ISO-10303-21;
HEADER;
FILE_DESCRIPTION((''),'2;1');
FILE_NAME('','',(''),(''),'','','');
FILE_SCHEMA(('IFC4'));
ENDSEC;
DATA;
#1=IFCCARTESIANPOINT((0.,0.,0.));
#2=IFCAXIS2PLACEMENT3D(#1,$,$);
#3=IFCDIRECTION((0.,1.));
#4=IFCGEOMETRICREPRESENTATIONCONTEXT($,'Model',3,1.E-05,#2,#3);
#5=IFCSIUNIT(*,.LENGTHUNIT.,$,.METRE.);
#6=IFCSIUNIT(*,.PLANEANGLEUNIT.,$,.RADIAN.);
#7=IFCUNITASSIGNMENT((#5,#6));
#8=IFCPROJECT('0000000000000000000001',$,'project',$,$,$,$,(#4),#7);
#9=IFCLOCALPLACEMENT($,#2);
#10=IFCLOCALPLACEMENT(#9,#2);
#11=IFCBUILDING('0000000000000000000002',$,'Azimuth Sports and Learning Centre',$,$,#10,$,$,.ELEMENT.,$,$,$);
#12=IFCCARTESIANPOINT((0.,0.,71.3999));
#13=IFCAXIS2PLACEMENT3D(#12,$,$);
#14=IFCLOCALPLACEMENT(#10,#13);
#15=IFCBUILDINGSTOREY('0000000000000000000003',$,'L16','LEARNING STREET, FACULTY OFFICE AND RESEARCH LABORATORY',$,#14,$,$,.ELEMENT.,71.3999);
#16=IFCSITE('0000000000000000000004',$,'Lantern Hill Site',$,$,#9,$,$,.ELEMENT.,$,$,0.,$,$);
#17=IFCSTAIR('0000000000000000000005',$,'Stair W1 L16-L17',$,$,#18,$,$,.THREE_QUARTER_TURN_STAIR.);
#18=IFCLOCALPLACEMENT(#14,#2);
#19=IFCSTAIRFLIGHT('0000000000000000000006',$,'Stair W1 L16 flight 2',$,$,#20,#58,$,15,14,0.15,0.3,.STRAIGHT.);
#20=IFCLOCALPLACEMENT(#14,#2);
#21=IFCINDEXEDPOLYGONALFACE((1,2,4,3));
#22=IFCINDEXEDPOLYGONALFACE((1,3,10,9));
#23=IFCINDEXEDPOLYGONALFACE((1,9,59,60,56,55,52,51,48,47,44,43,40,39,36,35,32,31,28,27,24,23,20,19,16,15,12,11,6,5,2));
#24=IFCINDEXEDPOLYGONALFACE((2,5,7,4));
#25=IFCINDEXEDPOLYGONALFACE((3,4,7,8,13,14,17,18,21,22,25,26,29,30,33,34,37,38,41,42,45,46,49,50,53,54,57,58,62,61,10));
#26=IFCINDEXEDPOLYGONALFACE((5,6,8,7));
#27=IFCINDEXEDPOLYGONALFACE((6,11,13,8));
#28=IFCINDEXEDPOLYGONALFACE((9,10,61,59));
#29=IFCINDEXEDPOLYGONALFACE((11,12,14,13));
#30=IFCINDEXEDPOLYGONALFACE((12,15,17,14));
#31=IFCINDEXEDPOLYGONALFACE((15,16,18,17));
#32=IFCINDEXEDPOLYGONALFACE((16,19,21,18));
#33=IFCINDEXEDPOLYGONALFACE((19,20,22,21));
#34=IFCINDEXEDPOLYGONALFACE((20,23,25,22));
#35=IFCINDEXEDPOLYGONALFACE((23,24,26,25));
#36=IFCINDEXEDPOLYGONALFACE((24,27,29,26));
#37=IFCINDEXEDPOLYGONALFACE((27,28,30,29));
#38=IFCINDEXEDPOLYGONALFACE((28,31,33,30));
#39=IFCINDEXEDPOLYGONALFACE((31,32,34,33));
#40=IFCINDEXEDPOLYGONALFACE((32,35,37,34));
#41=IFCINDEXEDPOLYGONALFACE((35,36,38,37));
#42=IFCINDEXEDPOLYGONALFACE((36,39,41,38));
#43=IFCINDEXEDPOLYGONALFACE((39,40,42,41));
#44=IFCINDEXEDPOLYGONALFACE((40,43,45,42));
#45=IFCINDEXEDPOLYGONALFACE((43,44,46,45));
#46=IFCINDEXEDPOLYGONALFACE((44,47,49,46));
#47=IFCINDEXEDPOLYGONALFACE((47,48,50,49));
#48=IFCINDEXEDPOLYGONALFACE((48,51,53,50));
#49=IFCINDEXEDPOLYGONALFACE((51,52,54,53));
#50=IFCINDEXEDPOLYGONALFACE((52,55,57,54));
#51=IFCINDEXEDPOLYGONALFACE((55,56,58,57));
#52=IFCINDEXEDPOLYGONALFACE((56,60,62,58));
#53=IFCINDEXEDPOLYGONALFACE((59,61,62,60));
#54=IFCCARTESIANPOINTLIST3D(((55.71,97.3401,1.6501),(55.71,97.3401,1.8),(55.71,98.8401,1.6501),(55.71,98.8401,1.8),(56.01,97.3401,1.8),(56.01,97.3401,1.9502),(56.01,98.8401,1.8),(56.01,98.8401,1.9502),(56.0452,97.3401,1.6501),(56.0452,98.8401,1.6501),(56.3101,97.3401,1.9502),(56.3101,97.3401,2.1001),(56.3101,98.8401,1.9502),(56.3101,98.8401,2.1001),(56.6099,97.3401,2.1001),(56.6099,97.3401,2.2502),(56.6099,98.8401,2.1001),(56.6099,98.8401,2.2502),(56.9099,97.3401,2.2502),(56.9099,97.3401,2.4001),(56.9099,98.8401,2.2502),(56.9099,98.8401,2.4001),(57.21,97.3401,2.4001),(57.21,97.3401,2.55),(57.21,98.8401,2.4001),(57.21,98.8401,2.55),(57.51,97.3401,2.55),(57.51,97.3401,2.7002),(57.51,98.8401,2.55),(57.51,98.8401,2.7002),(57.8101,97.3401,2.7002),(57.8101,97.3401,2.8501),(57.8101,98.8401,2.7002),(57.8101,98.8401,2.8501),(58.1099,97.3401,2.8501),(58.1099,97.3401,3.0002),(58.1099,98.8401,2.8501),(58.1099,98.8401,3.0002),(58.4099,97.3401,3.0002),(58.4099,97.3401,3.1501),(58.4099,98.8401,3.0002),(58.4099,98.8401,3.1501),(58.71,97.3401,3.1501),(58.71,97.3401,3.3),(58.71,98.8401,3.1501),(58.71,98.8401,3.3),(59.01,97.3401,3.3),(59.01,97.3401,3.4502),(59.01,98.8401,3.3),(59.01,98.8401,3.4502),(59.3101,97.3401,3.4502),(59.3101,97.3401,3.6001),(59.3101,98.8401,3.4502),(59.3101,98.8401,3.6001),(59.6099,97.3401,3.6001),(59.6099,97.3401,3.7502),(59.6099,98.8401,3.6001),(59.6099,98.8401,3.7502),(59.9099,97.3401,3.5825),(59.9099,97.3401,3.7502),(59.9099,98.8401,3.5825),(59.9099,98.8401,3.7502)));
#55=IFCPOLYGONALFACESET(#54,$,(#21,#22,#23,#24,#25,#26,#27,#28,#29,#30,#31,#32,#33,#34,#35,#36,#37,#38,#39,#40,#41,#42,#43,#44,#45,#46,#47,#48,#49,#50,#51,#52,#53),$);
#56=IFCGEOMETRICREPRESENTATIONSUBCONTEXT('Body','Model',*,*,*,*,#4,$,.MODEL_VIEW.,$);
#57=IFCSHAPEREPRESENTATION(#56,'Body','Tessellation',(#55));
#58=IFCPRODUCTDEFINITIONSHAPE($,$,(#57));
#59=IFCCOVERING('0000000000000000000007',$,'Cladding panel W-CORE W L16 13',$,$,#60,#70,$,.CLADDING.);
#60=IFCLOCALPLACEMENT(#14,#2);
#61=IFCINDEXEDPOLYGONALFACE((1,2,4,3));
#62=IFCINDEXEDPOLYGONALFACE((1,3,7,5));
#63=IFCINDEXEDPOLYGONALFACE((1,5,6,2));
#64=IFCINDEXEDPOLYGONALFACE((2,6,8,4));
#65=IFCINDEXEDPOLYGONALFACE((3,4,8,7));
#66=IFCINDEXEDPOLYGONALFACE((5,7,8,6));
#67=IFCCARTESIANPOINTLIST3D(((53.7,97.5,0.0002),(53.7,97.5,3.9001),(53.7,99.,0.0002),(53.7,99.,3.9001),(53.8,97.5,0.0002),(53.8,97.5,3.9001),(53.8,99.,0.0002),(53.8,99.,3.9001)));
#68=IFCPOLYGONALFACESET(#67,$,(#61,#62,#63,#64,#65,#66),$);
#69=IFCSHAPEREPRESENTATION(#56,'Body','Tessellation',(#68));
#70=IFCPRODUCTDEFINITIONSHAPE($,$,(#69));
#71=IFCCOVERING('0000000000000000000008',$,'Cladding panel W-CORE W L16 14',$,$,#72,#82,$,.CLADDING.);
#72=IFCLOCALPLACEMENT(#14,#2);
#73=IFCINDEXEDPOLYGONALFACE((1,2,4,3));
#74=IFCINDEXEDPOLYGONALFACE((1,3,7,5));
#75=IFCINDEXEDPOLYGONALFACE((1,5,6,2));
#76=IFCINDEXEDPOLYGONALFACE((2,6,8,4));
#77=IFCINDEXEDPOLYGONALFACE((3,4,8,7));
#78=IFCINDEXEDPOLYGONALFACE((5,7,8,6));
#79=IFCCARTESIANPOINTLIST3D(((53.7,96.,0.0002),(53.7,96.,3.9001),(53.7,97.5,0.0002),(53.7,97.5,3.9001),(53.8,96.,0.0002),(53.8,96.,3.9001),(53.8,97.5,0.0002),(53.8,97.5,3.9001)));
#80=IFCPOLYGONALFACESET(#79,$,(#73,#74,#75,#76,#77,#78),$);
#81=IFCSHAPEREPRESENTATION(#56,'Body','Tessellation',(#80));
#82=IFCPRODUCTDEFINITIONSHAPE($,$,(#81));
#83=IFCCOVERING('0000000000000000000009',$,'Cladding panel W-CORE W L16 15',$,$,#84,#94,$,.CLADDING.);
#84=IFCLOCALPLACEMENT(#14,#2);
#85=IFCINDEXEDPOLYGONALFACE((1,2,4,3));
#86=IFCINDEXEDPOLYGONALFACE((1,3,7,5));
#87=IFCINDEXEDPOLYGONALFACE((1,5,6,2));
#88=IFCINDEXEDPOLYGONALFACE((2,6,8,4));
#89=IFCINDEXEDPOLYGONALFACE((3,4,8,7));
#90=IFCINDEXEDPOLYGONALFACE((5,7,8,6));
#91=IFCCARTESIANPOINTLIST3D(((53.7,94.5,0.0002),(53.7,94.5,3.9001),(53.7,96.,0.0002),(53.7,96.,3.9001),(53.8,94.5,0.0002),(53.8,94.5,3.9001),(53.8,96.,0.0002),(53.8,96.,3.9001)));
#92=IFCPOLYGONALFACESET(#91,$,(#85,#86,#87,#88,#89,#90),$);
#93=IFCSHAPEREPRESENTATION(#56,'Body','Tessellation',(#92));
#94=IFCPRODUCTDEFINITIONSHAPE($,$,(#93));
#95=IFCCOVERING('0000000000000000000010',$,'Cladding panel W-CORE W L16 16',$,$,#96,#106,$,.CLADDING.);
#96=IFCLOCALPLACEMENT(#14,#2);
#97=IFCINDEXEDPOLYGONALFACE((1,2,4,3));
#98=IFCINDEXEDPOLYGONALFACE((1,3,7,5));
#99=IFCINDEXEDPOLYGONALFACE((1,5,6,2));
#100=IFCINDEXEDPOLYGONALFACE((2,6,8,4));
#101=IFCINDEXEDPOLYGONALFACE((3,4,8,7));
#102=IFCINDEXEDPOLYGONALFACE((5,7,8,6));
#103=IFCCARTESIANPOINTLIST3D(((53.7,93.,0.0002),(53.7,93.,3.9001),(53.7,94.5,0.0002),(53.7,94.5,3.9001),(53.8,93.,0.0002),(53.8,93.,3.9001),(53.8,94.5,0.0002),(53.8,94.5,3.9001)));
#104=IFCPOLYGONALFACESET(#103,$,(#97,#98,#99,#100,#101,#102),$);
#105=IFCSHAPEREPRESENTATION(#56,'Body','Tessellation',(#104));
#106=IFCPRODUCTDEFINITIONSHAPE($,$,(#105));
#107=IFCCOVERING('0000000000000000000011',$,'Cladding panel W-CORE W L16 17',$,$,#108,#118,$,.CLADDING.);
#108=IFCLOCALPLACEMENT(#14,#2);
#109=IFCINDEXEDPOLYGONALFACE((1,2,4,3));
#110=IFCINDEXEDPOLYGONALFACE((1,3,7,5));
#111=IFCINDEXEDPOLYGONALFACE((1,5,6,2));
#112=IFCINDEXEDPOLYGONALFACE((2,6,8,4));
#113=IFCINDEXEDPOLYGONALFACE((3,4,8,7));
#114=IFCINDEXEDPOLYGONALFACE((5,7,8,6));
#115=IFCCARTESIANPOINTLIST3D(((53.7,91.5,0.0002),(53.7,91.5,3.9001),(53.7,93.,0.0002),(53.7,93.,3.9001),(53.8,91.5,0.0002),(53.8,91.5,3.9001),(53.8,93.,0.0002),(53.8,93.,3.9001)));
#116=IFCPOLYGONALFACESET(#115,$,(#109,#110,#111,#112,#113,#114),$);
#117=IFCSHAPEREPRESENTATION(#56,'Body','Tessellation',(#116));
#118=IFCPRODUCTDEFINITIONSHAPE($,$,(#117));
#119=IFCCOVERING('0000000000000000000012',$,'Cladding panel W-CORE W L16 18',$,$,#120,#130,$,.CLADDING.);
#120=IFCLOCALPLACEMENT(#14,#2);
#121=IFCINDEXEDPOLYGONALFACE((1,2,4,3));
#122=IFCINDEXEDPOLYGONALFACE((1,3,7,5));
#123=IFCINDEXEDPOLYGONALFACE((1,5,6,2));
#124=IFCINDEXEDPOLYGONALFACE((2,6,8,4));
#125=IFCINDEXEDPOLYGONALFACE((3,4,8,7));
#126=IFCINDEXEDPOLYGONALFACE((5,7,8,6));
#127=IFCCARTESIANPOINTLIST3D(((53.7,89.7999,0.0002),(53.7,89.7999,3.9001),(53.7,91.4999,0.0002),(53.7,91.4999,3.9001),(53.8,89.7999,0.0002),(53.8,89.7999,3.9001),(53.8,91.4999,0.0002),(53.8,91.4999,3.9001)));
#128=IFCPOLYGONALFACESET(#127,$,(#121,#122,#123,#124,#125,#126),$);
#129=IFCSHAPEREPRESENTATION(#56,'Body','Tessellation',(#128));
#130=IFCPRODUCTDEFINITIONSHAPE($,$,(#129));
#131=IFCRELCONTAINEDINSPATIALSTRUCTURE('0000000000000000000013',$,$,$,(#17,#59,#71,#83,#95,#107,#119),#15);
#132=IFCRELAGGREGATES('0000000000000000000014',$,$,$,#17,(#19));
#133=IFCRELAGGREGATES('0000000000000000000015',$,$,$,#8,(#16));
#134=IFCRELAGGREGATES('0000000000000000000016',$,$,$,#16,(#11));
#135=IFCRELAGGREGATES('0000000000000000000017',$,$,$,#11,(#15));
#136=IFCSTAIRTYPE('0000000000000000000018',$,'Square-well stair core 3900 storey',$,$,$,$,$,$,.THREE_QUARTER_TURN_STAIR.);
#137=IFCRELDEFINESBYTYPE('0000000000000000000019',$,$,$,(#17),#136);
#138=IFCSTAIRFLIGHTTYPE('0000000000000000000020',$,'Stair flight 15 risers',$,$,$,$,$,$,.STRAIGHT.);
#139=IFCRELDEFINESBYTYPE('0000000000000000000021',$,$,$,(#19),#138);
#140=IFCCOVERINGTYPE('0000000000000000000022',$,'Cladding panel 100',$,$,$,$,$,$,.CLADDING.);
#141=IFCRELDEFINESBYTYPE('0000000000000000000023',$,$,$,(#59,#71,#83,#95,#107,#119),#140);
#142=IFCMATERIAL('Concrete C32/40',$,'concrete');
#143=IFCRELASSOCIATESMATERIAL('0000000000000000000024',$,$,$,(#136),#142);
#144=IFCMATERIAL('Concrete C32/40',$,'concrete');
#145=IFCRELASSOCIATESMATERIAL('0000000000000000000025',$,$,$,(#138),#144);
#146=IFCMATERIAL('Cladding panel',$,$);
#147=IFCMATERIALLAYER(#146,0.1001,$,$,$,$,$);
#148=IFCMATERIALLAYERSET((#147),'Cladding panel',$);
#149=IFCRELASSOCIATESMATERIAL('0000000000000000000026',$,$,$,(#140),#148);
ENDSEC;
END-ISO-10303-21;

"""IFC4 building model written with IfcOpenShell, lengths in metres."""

from ifc_helpers import new_model, si_unit, direction, frame, origin, origin_2d, place, context, subcontext, project, spatial, polyline, rectangle, outline, extrude, material, layer, layer_set, type_object, element, aggregate, save


model = new_model("IFC4")

# Units and contexts
model_context = context("Model", 3, precision=1e-05, world=origin(), true_north=direction((0.0, 1.0)))
body_context = subcontext(model_context, "Body", "Model", "MODEL_VIEW")
ifc_project = project(units=[si_unit("LENGTHUNIT", "METRE"), si_unit("PLANEANGLEUNIT", "RADIAN")], contexts=[model_context])

# Site, building, storey
site_placement = place(None, origin())
site = spatial("IfcSite", under=ifc_project, at=site_placement, Name="Lantern Hill Site", CompositionType="ELEMENT", RefElevation=0.0)
building_placement = place(site_placement, origin())
building = spatial("IfcBuilding", under=site, at=building_placement, Name="Azimuth Sports and Learning Centre", CompositionType="ELEMENT")
storey_placement = place(building_placement, frame((0.0, 0.0, 71.3999)))
storey = spatial("IfcBuildingStorey", under=building, at=storey_placement, Name="L16", Description="LEARNING STREET, FACULTY OFFICE AND RESEARCH LABORATORY", CompositionType="ELEMENT", Elevation=71.3999)

# Stair, stair flight
ifc_material_1 = material(Name="Concrete C32/40", Category="concrete")
stair_type = type_object("IfcStairType", Name="Square-well stair core 3900 storey", PredefinedType="THREE_QUARTER_TURN_STAIR", material=ifc_material_1)
stair_placement = place(storey_placement, origin())
stair = element("IfcStair", 1, at=stair_placement, inside=storey, type_object=stair_type, Name="Stair W1 L16-L17", PredefinedType="THREE_QUARTER_TURN_STAIR")
ifc_material_2 = material(Name="Concrete C32/40", Category="concrete")
stair_flight_type_1 = type_object("IfcStairFlightType", Name="Stair flight 15 risers", PredefinedType="STRAIGHT", material=ifc_material_2)
stair_flight_1_placement = place(storey_placement, frame((55.71, 98.0901, 1.6501), z_axis=(0.0, 0.0, 1.0), x_axis=(1.0, 0.0, 0.0)))
stair_flight_1 = element("IfcStairFlight", 2, at=stair_flight_1_placement, type_object=stair_flight_type_1, Name="Stair W1 L16 flight 2", NumberOfRisers=15, NumberOfTreads=14, PredefinedType="STRAIGHT", RiserHeight=0.15, TreadLength=0.3, context=body_context, shape_type="SweptSolid", body=[
    extrude(outline(polyline([(0.0, 0.0), (0.0, 0.1499), (0.3, 0.1499), (0.3, 0.3), (0.6001, 0.3), (0.6001, 0.45), (0.8999, 0.45), (0.8999, 0.6001), (1.2, 0.6001), (1.2, 0.75), (1.5, 0.75), (1.5, 0.8999), (1.8, 0.8999), (1.8, 1.05), (2.1001, 1.05), (2.1001, 1.2), (2.3999, 1.2), (2.3999, 1.3501), (2.7, 1.3501), (2.7, 1.5), (3.0, 1.5), (3.0, 1.6499), (3.3, 1.6499), (3.3, 1.8), (3.6001, 1.8), (3.6001, 1.95), (3.8999, 1.95), (3.8999, 2.1001), (4.2, 2.1001), (4.2, 2.25), (4.2, 1.9324), (0.3352, 0.0), (0.0, 0.0)])), frame((0.0, 0.75, 0.0), z_axis=(0.0, -1.0, 0.0), x_axis=(1.0, 0.0, 0.0)), (0.0, 0.0, 1.0), 1.5),
])
aggregate(stair, [stair_flight_1])

# Coverings
ifc_material_3 = material(Name="Cladding panel")
ifc_layer_1 = layer(ifc_material_3, 0.1001)
ifc_layer_set_1 = layer_set([ifc_layer_1], Name="Cladding panel")
covering_type = type_object("IfcCoveringType", Name="Cladding panel 100", PredefinedType="CLADDING", material=ifc_layer_set_1)
for number, where, z_axis, x_axis, name in (
    (3, (53.75, 98.25, 0.0002), (0.0, 0.0, 1.0), (0.0, -1.0, 0.0), "Cladding panel W-CORE W L16 13"),
    (4, (53.75, 96.75, 0.0002), (0.0, 0.0, 1.0), (0.0, -1.0, 0.0), "Cladding panel W-CORE W L16 14"),
    (5, (53.75, 95.25, 0.0002), (0.0, 0.0, 1.0), (0.0, -1.0, 0.0), "Cladding panel W-CORE W L16 15"),
    (6, (53.75, 93.75, 0.0002), (0.0, 0.0, 1.0), (0.0, -1.0, 0.0), "Cladding panel W-CORE W L16 16"),
    (7, (53.75, 92.25, 0.0002), (0.0, 0.0, 1.0), (0.0, -1.0, 0.0), "Cladding panel W-CORE W L16 17"),
):
    element("IfcCovering", number, at=place(storey_placement, frame(where, z_axis=z_axis, x_axis=x_axis)), inside=storey, type_object=covering_type, Name=name, PredefinedType="CLADDING", context=body_context, shape_type="SweptSolid", body=[
        extrude(rectangle(XDim=1.5, YDim=0.1001, at=origin_2d()), origin(), (0.0, 0.0, 1.0), 3.8999),
    ])
covering_placement = place(storey_placement, frame((53.75, 90.6499, 0.0002), z_axis=(0.0, 0.0, 1.0), x_axis=(0.0, -1.0, 0.0)))
element("IfcCovering", 8, at=covering_placement, inside=storey, type_object=covering_type, Name="Cladding panel W-CORE W L16 18", PredefinedType="CLADDING", context=body_context, shape_type="SweptSolid", body=[
    extrude(rectangle(XDim=1.7, YDim=0.1001, at=origin_2d()), origin(), (0.0, 0.0, 1.0), 3.8999),
])

save(model, "model.ifc")
